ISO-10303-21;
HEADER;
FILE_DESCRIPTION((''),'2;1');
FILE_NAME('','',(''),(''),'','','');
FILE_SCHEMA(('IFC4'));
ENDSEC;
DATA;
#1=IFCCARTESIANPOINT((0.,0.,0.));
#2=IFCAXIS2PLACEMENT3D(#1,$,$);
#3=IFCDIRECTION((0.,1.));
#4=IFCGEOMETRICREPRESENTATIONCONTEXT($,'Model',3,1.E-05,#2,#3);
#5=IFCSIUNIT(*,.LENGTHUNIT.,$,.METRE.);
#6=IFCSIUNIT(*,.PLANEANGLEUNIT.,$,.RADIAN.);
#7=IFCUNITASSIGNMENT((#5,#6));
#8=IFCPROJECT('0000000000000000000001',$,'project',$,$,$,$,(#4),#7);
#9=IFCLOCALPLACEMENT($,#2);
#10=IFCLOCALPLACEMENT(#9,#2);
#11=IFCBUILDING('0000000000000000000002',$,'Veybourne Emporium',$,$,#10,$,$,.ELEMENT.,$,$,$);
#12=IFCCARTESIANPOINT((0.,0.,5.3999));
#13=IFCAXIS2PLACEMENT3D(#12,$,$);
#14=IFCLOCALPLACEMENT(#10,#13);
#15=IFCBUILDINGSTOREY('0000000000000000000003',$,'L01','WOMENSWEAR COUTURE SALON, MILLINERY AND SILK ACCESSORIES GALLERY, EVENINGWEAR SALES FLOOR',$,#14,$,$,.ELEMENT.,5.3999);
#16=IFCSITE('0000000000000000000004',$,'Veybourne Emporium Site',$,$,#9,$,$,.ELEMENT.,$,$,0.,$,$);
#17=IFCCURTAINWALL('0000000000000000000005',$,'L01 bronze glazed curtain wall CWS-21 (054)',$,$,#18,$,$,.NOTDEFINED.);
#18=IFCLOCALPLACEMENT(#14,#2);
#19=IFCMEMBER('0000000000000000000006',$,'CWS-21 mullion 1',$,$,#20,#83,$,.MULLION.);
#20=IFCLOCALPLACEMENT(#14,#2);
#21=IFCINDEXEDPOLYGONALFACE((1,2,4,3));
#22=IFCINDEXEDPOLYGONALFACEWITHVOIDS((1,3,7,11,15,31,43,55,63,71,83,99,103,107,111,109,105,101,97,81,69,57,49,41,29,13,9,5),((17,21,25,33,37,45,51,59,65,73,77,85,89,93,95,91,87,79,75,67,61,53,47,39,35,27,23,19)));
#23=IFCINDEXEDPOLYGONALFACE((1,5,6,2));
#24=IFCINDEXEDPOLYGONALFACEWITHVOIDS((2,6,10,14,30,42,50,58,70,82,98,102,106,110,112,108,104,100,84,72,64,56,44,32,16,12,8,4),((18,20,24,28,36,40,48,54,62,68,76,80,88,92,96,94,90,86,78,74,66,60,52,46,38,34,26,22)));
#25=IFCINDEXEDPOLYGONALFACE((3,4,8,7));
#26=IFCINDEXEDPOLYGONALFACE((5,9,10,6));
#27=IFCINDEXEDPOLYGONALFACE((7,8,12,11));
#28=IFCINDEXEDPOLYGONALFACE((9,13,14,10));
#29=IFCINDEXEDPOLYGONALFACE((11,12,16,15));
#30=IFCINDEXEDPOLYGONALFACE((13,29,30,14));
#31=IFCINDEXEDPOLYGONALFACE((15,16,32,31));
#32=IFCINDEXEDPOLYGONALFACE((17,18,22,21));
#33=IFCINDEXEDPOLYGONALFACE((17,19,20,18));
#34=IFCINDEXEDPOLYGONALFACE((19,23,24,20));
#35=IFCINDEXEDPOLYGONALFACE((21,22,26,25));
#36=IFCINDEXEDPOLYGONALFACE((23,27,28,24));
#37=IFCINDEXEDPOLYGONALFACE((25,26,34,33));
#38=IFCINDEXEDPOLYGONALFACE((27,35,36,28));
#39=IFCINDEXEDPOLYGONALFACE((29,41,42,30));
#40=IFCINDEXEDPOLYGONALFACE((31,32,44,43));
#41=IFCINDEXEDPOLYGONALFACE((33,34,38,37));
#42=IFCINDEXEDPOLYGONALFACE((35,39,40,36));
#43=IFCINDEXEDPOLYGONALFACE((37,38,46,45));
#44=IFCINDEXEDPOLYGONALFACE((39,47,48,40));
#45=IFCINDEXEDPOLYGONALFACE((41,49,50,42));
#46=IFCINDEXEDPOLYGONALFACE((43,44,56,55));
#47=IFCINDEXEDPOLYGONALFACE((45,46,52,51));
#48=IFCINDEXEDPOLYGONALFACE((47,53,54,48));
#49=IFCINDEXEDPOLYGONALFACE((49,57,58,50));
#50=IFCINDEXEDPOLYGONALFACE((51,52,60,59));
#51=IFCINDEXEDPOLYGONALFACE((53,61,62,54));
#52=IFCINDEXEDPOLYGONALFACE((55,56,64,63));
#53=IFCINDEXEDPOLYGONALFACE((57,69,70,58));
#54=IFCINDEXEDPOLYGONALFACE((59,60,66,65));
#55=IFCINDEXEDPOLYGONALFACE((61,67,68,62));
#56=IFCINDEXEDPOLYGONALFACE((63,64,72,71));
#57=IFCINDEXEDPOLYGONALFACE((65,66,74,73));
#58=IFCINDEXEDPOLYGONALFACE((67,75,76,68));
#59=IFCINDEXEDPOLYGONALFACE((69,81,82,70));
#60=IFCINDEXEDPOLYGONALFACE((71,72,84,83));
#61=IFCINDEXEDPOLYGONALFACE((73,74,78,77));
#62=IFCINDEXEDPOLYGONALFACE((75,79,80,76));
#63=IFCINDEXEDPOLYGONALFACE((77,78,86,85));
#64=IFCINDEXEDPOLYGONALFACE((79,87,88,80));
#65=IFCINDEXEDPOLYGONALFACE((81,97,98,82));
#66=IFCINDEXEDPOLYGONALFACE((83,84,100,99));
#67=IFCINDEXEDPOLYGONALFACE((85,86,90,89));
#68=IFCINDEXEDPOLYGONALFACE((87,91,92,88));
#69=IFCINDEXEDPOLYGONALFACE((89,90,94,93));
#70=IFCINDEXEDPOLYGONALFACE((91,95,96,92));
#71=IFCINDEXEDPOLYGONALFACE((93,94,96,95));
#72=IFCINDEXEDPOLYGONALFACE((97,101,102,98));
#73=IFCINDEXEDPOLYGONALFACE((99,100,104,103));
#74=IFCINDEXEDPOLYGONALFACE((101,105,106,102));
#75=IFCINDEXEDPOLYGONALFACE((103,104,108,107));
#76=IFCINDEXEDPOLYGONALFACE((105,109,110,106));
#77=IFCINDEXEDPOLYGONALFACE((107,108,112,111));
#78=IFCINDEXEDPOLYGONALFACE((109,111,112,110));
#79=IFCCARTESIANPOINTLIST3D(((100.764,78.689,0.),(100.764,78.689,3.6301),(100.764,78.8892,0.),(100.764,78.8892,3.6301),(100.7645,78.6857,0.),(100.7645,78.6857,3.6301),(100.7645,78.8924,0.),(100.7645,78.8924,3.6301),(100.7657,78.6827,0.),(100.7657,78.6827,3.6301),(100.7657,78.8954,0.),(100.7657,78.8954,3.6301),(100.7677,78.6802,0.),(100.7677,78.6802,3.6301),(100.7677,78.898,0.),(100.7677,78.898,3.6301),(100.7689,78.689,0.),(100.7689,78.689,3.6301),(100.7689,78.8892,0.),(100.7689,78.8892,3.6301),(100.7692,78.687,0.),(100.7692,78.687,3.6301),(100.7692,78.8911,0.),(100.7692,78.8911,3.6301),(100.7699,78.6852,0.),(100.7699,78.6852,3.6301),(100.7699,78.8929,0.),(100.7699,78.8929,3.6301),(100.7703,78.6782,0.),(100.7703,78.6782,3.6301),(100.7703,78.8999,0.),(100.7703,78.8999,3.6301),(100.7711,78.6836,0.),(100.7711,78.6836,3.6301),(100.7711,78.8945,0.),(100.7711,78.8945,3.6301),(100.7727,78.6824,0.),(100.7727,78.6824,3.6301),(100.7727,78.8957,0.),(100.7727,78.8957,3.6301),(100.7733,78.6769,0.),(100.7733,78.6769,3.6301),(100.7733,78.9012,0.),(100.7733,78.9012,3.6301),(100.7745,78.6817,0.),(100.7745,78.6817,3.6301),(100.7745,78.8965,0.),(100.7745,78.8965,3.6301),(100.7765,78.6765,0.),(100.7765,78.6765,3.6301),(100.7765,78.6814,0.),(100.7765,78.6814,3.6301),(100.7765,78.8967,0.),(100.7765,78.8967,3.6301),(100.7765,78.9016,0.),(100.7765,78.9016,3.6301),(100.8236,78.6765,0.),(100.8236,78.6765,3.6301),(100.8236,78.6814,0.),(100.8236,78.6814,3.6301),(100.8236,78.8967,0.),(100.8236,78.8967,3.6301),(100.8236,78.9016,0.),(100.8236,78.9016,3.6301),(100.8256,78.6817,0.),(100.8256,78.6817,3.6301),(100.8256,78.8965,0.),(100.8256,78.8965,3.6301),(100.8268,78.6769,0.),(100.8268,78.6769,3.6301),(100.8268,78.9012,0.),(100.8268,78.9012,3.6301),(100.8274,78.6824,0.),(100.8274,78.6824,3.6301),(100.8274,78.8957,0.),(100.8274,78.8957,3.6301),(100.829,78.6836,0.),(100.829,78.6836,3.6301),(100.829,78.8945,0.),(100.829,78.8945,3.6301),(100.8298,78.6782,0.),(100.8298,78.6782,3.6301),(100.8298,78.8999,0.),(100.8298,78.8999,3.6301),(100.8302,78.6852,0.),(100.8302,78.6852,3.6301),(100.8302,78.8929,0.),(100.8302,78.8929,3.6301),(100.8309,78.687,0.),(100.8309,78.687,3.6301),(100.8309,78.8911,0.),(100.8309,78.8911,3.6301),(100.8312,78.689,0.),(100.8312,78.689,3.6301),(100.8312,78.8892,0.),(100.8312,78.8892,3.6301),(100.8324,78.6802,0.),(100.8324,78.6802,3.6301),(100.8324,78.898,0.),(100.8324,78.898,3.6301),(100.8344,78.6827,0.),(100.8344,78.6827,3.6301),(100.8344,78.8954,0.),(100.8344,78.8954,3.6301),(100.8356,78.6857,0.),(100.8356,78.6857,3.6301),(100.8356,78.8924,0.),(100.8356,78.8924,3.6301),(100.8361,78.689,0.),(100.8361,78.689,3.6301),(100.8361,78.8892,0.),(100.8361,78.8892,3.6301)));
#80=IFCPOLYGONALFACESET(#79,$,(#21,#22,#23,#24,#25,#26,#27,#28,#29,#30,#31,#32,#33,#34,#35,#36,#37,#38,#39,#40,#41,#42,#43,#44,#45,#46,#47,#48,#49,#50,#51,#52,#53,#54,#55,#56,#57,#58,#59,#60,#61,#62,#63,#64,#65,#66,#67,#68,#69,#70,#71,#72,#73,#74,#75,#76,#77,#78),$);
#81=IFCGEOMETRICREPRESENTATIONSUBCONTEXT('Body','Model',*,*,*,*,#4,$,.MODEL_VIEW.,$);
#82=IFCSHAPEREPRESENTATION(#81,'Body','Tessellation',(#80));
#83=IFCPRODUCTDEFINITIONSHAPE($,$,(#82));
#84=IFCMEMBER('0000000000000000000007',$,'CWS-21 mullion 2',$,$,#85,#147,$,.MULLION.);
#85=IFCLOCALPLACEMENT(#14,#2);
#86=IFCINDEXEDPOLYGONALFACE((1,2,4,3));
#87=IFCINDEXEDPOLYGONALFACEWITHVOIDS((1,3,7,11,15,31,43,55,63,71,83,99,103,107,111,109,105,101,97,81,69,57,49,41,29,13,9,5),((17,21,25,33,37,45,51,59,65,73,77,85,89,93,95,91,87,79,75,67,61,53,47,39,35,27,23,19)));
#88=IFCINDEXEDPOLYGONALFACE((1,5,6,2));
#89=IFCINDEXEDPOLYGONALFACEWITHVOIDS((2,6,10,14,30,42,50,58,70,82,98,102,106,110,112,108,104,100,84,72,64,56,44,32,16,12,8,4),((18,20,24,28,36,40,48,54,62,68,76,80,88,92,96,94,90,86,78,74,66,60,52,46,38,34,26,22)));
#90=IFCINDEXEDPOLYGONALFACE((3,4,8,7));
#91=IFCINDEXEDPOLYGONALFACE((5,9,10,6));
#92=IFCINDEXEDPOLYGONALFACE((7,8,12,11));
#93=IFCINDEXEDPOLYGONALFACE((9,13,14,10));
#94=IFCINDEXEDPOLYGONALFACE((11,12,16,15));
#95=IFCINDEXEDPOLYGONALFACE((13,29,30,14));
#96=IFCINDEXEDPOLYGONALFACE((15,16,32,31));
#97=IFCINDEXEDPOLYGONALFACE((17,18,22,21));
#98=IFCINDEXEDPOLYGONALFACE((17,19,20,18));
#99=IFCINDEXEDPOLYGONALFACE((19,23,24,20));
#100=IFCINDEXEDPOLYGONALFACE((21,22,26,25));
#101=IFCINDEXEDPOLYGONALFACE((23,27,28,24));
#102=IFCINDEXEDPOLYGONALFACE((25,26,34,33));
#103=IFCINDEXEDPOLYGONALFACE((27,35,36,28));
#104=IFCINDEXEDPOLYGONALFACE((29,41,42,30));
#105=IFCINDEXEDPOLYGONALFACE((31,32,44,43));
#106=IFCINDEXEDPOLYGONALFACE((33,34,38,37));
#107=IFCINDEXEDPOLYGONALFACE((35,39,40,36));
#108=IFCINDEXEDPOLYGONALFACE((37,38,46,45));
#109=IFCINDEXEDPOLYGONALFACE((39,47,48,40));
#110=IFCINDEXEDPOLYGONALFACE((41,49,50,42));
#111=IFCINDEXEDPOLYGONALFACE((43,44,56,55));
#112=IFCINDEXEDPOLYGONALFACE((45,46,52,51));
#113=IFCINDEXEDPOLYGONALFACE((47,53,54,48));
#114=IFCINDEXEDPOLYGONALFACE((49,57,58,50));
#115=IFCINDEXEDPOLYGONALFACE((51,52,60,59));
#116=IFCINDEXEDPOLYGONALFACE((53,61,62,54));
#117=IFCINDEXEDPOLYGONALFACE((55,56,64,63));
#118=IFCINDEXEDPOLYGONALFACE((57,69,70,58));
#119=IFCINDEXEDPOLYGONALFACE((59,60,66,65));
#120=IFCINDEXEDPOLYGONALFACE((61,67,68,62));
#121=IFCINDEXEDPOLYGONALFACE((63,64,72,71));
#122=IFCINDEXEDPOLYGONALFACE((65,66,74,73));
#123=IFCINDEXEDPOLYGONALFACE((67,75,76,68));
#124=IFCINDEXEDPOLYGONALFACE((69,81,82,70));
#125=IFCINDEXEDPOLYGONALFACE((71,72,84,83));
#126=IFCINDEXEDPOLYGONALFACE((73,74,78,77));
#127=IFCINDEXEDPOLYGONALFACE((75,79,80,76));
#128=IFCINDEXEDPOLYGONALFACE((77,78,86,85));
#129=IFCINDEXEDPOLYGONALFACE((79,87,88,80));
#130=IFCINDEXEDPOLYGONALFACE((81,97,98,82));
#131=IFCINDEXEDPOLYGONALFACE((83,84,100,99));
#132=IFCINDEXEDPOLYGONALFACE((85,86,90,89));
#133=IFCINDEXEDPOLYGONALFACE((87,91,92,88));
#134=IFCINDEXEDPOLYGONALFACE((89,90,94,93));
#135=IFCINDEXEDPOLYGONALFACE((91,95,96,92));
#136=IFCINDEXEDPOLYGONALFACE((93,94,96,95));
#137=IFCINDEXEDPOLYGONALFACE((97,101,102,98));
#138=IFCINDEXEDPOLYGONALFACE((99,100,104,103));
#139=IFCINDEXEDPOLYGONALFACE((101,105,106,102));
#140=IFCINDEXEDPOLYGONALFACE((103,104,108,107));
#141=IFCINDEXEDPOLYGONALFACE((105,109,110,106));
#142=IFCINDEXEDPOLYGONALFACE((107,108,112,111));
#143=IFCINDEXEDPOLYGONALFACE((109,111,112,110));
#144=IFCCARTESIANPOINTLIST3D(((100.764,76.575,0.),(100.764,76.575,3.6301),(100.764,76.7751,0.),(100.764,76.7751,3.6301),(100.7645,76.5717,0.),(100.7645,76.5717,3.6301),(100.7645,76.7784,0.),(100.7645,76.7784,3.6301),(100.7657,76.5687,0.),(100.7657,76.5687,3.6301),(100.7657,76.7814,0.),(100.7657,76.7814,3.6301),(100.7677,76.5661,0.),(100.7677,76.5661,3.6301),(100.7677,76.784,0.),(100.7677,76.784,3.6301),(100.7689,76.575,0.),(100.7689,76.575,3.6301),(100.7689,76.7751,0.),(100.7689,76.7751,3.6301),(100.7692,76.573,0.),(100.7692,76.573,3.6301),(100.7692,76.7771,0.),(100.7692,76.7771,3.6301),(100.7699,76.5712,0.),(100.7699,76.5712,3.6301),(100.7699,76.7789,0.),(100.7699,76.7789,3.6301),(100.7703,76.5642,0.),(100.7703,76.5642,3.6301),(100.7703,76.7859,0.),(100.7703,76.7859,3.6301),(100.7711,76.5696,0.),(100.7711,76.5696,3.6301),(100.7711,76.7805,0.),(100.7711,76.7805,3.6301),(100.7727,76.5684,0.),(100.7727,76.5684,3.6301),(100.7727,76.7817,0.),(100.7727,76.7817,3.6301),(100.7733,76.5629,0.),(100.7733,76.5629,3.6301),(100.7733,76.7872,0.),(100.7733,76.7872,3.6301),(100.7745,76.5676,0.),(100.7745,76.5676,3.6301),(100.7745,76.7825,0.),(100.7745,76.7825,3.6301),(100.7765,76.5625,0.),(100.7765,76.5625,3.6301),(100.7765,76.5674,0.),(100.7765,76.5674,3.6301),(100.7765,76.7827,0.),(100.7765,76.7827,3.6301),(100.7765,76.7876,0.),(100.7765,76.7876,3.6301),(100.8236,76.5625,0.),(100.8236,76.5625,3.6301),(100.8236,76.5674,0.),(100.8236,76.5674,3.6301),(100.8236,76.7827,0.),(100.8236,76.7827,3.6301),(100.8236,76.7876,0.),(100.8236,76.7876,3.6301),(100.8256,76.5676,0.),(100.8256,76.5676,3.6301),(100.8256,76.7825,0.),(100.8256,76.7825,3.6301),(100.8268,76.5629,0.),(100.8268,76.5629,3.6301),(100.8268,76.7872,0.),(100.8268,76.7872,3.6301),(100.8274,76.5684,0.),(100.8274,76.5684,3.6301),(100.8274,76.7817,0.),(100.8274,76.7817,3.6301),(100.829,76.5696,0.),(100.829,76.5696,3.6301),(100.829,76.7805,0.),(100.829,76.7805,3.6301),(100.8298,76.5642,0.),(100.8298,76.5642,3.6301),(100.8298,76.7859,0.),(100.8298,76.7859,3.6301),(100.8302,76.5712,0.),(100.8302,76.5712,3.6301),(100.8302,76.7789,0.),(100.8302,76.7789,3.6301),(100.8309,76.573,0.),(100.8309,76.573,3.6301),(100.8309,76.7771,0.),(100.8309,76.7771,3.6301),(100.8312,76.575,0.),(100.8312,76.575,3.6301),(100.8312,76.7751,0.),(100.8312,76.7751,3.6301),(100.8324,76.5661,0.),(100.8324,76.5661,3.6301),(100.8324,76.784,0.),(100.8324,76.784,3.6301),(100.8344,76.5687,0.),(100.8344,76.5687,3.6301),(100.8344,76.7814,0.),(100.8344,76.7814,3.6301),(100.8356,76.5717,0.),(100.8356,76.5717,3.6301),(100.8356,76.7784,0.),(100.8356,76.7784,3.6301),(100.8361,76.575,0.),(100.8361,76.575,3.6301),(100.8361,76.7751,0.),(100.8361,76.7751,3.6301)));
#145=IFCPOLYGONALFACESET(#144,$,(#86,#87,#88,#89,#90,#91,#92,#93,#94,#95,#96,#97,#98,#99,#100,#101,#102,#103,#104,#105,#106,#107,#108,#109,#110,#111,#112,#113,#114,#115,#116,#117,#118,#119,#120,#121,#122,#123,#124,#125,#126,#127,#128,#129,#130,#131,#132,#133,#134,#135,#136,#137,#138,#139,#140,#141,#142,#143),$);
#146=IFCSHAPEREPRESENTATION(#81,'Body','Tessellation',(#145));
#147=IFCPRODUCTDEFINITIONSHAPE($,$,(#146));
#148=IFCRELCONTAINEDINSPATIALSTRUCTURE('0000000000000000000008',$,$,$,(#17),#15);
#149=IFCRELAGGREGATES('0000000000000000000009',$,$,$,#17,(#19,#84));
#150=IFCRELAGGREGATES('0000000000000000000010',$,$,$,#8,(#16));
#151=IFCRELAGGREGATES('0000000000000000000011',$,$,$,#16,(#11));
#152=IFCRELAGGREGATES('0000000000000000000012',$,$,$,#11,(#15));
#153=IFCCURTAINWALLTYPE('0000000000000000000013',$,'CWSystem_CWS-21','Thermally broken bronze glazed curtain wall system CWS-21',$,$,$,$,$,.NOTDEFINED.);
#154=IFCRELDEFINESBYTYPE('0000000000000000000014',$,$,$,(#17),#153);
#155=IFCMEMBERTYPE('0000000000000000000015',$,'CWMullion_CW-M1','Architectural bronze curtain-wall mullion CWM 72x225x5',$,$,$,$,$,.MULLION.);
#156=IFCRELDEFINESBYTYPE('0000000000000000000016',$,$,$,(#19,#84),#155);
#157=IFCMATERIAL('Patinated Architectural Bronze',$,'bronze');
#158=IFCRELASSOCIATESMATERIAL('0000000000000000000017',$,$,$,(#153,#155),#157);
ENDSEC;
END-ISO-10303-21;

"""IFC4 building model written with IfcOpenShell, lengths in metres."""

from ifc_helpers import new_model, si_unit, direction, frame, origin, origin_2d, place, context, subcontext, project, spatial, hollow_rectangle, extrude, material, material_profile, profile_set, type_object, element, aggregate, save


model = new_model("IFC4")

# Units and contexts
model_context = context("Model", 3, precision=1e-05, world=origin(), true_north=direction((0.0, 1.0)))
body_context = subcontext(model_context, "Body", "Model", "MODEL_VIEW")
ifc_project = project(units=[si_unit("LENGTHUNIT", "METRE"), si_unit("PLANEANGLEUNIT", "RADIAN")], contexts=[model_context])

# Site, building, storey
site_placement = place(None, origin())
site = spatial("IfcSite", under=ifc_project, at=site_placement, Name="Veybourne Emporium Site", CompositionType="ELEMENT", RefElevation=0.0)
building_placement = place(site_placement, origin())
building = spatial("IfcBuilding", under=site, at=building_placement, Name="Veybourne Emporium", CompositionType="ELEMENT")
storey_placement = place(building_placement, frame((0.0, 0.0, 5.3999)))
storey = spatial("IfcBuildingStorey", under=building, at=storey_placement, Name="L01", Description="WOMENSWEAR COUTURE SALON, MILLINERY AND SILK ACCESSORIES GALLERY, EVENINGWEAR SALES FLOOR", CompositionType="ELEMENT", Elevation=5.3999)

# Curtain wall, members
ifc_material_1 = material(Name="Patinated Architectural Bronze", Category="bronze")
curtain_wall_type = type_object("IfcCurtainWallType", Name="CWSystem_CWS-21", Description="Thermally broken bronze glazed curtain wall system CWS-21", PredefinedType="NOTDEFINED", material=ifc_material_1)
curtain_wall_placement = place(storey_placement, origin())
curtain_wall = element("IfcCurtainWall", 1, at=curtain_wall_placement, inside=storey, type_object=curtain_wall_type, Name="L01 bronze glazed curtain wall CWS-21 (054)", PredefinedType="NOTDEFINED")
ifc_material_profile_1 = material_profile(ifc_material_1, hollow_rectangle(XDim=0.072, YDim=0.2251, WallThickness=0.0049, InnerFilletRadius=0.0076, OuterFilletRadius=0.0125, at=origin_2d()), Name="CWM 72x225x5")
ifc_profile_set_1 = profile_set([ifc_material_profile_1], Name="Patinated Architectural Bronze")
member_type_1 = type_object("IfcMemberType", Name="CWMullion_CW-M1", Description="Architectural bronze curtain-wall mullion CWM 72x225x5", PredefinedType="MULLION", material=ifc_profile_set_1)
member_1_placement = place(storey_placement, frame((100.8, 78.7891, 0.0), z_axis=(0.0, 0.0, 1.0), x_axis=(1.0, 0.0, 0.0)))
member_1 = element("IfcMember", 2, at=member_1_placement, type_object=member_type_1, Name="CWS-21 mullion 1", PredefinedType="MULLION", context=body_context, shape_type="SweptSolid", body=[
    extrude(hollow_rectangle(XDim=0.072, YDim=0.2251, WallThickness=0.0049, InnerFilletRadius=0.0076, OuterFilletRadius=0.0125, at=origin_2d()), origin(), (0.0, 0.0, 1.0), 3.6301),
])
member_2_placement = place(storey_placement, frame((100.8, 76.675, 0.0), z_axis=(0.0, 0.0, 1.0), x_axis=(1.0, 0.0, 0.0)))
member_2 = element("IfcMember", 3, at=member_2_placement, type_object=member_type_1, Name="CWS-21 mullion 2", PredefinedType="MULLION", context=body_context, shape_type="SweptSolid", body=[
    extrude(hollow_rectangle(XDim=0.072, YDim=0.2251, WallThickness=0.0049, InnerFilletRadius=0.0076, OuterFilletRadius=0.0125, at=origin_2d()), origin(), (0.0, 0.0, 1.0), 3.6301),
])
aggregate(curtain_wall, [member_1, member_2])

save(model, "model.ifc")
